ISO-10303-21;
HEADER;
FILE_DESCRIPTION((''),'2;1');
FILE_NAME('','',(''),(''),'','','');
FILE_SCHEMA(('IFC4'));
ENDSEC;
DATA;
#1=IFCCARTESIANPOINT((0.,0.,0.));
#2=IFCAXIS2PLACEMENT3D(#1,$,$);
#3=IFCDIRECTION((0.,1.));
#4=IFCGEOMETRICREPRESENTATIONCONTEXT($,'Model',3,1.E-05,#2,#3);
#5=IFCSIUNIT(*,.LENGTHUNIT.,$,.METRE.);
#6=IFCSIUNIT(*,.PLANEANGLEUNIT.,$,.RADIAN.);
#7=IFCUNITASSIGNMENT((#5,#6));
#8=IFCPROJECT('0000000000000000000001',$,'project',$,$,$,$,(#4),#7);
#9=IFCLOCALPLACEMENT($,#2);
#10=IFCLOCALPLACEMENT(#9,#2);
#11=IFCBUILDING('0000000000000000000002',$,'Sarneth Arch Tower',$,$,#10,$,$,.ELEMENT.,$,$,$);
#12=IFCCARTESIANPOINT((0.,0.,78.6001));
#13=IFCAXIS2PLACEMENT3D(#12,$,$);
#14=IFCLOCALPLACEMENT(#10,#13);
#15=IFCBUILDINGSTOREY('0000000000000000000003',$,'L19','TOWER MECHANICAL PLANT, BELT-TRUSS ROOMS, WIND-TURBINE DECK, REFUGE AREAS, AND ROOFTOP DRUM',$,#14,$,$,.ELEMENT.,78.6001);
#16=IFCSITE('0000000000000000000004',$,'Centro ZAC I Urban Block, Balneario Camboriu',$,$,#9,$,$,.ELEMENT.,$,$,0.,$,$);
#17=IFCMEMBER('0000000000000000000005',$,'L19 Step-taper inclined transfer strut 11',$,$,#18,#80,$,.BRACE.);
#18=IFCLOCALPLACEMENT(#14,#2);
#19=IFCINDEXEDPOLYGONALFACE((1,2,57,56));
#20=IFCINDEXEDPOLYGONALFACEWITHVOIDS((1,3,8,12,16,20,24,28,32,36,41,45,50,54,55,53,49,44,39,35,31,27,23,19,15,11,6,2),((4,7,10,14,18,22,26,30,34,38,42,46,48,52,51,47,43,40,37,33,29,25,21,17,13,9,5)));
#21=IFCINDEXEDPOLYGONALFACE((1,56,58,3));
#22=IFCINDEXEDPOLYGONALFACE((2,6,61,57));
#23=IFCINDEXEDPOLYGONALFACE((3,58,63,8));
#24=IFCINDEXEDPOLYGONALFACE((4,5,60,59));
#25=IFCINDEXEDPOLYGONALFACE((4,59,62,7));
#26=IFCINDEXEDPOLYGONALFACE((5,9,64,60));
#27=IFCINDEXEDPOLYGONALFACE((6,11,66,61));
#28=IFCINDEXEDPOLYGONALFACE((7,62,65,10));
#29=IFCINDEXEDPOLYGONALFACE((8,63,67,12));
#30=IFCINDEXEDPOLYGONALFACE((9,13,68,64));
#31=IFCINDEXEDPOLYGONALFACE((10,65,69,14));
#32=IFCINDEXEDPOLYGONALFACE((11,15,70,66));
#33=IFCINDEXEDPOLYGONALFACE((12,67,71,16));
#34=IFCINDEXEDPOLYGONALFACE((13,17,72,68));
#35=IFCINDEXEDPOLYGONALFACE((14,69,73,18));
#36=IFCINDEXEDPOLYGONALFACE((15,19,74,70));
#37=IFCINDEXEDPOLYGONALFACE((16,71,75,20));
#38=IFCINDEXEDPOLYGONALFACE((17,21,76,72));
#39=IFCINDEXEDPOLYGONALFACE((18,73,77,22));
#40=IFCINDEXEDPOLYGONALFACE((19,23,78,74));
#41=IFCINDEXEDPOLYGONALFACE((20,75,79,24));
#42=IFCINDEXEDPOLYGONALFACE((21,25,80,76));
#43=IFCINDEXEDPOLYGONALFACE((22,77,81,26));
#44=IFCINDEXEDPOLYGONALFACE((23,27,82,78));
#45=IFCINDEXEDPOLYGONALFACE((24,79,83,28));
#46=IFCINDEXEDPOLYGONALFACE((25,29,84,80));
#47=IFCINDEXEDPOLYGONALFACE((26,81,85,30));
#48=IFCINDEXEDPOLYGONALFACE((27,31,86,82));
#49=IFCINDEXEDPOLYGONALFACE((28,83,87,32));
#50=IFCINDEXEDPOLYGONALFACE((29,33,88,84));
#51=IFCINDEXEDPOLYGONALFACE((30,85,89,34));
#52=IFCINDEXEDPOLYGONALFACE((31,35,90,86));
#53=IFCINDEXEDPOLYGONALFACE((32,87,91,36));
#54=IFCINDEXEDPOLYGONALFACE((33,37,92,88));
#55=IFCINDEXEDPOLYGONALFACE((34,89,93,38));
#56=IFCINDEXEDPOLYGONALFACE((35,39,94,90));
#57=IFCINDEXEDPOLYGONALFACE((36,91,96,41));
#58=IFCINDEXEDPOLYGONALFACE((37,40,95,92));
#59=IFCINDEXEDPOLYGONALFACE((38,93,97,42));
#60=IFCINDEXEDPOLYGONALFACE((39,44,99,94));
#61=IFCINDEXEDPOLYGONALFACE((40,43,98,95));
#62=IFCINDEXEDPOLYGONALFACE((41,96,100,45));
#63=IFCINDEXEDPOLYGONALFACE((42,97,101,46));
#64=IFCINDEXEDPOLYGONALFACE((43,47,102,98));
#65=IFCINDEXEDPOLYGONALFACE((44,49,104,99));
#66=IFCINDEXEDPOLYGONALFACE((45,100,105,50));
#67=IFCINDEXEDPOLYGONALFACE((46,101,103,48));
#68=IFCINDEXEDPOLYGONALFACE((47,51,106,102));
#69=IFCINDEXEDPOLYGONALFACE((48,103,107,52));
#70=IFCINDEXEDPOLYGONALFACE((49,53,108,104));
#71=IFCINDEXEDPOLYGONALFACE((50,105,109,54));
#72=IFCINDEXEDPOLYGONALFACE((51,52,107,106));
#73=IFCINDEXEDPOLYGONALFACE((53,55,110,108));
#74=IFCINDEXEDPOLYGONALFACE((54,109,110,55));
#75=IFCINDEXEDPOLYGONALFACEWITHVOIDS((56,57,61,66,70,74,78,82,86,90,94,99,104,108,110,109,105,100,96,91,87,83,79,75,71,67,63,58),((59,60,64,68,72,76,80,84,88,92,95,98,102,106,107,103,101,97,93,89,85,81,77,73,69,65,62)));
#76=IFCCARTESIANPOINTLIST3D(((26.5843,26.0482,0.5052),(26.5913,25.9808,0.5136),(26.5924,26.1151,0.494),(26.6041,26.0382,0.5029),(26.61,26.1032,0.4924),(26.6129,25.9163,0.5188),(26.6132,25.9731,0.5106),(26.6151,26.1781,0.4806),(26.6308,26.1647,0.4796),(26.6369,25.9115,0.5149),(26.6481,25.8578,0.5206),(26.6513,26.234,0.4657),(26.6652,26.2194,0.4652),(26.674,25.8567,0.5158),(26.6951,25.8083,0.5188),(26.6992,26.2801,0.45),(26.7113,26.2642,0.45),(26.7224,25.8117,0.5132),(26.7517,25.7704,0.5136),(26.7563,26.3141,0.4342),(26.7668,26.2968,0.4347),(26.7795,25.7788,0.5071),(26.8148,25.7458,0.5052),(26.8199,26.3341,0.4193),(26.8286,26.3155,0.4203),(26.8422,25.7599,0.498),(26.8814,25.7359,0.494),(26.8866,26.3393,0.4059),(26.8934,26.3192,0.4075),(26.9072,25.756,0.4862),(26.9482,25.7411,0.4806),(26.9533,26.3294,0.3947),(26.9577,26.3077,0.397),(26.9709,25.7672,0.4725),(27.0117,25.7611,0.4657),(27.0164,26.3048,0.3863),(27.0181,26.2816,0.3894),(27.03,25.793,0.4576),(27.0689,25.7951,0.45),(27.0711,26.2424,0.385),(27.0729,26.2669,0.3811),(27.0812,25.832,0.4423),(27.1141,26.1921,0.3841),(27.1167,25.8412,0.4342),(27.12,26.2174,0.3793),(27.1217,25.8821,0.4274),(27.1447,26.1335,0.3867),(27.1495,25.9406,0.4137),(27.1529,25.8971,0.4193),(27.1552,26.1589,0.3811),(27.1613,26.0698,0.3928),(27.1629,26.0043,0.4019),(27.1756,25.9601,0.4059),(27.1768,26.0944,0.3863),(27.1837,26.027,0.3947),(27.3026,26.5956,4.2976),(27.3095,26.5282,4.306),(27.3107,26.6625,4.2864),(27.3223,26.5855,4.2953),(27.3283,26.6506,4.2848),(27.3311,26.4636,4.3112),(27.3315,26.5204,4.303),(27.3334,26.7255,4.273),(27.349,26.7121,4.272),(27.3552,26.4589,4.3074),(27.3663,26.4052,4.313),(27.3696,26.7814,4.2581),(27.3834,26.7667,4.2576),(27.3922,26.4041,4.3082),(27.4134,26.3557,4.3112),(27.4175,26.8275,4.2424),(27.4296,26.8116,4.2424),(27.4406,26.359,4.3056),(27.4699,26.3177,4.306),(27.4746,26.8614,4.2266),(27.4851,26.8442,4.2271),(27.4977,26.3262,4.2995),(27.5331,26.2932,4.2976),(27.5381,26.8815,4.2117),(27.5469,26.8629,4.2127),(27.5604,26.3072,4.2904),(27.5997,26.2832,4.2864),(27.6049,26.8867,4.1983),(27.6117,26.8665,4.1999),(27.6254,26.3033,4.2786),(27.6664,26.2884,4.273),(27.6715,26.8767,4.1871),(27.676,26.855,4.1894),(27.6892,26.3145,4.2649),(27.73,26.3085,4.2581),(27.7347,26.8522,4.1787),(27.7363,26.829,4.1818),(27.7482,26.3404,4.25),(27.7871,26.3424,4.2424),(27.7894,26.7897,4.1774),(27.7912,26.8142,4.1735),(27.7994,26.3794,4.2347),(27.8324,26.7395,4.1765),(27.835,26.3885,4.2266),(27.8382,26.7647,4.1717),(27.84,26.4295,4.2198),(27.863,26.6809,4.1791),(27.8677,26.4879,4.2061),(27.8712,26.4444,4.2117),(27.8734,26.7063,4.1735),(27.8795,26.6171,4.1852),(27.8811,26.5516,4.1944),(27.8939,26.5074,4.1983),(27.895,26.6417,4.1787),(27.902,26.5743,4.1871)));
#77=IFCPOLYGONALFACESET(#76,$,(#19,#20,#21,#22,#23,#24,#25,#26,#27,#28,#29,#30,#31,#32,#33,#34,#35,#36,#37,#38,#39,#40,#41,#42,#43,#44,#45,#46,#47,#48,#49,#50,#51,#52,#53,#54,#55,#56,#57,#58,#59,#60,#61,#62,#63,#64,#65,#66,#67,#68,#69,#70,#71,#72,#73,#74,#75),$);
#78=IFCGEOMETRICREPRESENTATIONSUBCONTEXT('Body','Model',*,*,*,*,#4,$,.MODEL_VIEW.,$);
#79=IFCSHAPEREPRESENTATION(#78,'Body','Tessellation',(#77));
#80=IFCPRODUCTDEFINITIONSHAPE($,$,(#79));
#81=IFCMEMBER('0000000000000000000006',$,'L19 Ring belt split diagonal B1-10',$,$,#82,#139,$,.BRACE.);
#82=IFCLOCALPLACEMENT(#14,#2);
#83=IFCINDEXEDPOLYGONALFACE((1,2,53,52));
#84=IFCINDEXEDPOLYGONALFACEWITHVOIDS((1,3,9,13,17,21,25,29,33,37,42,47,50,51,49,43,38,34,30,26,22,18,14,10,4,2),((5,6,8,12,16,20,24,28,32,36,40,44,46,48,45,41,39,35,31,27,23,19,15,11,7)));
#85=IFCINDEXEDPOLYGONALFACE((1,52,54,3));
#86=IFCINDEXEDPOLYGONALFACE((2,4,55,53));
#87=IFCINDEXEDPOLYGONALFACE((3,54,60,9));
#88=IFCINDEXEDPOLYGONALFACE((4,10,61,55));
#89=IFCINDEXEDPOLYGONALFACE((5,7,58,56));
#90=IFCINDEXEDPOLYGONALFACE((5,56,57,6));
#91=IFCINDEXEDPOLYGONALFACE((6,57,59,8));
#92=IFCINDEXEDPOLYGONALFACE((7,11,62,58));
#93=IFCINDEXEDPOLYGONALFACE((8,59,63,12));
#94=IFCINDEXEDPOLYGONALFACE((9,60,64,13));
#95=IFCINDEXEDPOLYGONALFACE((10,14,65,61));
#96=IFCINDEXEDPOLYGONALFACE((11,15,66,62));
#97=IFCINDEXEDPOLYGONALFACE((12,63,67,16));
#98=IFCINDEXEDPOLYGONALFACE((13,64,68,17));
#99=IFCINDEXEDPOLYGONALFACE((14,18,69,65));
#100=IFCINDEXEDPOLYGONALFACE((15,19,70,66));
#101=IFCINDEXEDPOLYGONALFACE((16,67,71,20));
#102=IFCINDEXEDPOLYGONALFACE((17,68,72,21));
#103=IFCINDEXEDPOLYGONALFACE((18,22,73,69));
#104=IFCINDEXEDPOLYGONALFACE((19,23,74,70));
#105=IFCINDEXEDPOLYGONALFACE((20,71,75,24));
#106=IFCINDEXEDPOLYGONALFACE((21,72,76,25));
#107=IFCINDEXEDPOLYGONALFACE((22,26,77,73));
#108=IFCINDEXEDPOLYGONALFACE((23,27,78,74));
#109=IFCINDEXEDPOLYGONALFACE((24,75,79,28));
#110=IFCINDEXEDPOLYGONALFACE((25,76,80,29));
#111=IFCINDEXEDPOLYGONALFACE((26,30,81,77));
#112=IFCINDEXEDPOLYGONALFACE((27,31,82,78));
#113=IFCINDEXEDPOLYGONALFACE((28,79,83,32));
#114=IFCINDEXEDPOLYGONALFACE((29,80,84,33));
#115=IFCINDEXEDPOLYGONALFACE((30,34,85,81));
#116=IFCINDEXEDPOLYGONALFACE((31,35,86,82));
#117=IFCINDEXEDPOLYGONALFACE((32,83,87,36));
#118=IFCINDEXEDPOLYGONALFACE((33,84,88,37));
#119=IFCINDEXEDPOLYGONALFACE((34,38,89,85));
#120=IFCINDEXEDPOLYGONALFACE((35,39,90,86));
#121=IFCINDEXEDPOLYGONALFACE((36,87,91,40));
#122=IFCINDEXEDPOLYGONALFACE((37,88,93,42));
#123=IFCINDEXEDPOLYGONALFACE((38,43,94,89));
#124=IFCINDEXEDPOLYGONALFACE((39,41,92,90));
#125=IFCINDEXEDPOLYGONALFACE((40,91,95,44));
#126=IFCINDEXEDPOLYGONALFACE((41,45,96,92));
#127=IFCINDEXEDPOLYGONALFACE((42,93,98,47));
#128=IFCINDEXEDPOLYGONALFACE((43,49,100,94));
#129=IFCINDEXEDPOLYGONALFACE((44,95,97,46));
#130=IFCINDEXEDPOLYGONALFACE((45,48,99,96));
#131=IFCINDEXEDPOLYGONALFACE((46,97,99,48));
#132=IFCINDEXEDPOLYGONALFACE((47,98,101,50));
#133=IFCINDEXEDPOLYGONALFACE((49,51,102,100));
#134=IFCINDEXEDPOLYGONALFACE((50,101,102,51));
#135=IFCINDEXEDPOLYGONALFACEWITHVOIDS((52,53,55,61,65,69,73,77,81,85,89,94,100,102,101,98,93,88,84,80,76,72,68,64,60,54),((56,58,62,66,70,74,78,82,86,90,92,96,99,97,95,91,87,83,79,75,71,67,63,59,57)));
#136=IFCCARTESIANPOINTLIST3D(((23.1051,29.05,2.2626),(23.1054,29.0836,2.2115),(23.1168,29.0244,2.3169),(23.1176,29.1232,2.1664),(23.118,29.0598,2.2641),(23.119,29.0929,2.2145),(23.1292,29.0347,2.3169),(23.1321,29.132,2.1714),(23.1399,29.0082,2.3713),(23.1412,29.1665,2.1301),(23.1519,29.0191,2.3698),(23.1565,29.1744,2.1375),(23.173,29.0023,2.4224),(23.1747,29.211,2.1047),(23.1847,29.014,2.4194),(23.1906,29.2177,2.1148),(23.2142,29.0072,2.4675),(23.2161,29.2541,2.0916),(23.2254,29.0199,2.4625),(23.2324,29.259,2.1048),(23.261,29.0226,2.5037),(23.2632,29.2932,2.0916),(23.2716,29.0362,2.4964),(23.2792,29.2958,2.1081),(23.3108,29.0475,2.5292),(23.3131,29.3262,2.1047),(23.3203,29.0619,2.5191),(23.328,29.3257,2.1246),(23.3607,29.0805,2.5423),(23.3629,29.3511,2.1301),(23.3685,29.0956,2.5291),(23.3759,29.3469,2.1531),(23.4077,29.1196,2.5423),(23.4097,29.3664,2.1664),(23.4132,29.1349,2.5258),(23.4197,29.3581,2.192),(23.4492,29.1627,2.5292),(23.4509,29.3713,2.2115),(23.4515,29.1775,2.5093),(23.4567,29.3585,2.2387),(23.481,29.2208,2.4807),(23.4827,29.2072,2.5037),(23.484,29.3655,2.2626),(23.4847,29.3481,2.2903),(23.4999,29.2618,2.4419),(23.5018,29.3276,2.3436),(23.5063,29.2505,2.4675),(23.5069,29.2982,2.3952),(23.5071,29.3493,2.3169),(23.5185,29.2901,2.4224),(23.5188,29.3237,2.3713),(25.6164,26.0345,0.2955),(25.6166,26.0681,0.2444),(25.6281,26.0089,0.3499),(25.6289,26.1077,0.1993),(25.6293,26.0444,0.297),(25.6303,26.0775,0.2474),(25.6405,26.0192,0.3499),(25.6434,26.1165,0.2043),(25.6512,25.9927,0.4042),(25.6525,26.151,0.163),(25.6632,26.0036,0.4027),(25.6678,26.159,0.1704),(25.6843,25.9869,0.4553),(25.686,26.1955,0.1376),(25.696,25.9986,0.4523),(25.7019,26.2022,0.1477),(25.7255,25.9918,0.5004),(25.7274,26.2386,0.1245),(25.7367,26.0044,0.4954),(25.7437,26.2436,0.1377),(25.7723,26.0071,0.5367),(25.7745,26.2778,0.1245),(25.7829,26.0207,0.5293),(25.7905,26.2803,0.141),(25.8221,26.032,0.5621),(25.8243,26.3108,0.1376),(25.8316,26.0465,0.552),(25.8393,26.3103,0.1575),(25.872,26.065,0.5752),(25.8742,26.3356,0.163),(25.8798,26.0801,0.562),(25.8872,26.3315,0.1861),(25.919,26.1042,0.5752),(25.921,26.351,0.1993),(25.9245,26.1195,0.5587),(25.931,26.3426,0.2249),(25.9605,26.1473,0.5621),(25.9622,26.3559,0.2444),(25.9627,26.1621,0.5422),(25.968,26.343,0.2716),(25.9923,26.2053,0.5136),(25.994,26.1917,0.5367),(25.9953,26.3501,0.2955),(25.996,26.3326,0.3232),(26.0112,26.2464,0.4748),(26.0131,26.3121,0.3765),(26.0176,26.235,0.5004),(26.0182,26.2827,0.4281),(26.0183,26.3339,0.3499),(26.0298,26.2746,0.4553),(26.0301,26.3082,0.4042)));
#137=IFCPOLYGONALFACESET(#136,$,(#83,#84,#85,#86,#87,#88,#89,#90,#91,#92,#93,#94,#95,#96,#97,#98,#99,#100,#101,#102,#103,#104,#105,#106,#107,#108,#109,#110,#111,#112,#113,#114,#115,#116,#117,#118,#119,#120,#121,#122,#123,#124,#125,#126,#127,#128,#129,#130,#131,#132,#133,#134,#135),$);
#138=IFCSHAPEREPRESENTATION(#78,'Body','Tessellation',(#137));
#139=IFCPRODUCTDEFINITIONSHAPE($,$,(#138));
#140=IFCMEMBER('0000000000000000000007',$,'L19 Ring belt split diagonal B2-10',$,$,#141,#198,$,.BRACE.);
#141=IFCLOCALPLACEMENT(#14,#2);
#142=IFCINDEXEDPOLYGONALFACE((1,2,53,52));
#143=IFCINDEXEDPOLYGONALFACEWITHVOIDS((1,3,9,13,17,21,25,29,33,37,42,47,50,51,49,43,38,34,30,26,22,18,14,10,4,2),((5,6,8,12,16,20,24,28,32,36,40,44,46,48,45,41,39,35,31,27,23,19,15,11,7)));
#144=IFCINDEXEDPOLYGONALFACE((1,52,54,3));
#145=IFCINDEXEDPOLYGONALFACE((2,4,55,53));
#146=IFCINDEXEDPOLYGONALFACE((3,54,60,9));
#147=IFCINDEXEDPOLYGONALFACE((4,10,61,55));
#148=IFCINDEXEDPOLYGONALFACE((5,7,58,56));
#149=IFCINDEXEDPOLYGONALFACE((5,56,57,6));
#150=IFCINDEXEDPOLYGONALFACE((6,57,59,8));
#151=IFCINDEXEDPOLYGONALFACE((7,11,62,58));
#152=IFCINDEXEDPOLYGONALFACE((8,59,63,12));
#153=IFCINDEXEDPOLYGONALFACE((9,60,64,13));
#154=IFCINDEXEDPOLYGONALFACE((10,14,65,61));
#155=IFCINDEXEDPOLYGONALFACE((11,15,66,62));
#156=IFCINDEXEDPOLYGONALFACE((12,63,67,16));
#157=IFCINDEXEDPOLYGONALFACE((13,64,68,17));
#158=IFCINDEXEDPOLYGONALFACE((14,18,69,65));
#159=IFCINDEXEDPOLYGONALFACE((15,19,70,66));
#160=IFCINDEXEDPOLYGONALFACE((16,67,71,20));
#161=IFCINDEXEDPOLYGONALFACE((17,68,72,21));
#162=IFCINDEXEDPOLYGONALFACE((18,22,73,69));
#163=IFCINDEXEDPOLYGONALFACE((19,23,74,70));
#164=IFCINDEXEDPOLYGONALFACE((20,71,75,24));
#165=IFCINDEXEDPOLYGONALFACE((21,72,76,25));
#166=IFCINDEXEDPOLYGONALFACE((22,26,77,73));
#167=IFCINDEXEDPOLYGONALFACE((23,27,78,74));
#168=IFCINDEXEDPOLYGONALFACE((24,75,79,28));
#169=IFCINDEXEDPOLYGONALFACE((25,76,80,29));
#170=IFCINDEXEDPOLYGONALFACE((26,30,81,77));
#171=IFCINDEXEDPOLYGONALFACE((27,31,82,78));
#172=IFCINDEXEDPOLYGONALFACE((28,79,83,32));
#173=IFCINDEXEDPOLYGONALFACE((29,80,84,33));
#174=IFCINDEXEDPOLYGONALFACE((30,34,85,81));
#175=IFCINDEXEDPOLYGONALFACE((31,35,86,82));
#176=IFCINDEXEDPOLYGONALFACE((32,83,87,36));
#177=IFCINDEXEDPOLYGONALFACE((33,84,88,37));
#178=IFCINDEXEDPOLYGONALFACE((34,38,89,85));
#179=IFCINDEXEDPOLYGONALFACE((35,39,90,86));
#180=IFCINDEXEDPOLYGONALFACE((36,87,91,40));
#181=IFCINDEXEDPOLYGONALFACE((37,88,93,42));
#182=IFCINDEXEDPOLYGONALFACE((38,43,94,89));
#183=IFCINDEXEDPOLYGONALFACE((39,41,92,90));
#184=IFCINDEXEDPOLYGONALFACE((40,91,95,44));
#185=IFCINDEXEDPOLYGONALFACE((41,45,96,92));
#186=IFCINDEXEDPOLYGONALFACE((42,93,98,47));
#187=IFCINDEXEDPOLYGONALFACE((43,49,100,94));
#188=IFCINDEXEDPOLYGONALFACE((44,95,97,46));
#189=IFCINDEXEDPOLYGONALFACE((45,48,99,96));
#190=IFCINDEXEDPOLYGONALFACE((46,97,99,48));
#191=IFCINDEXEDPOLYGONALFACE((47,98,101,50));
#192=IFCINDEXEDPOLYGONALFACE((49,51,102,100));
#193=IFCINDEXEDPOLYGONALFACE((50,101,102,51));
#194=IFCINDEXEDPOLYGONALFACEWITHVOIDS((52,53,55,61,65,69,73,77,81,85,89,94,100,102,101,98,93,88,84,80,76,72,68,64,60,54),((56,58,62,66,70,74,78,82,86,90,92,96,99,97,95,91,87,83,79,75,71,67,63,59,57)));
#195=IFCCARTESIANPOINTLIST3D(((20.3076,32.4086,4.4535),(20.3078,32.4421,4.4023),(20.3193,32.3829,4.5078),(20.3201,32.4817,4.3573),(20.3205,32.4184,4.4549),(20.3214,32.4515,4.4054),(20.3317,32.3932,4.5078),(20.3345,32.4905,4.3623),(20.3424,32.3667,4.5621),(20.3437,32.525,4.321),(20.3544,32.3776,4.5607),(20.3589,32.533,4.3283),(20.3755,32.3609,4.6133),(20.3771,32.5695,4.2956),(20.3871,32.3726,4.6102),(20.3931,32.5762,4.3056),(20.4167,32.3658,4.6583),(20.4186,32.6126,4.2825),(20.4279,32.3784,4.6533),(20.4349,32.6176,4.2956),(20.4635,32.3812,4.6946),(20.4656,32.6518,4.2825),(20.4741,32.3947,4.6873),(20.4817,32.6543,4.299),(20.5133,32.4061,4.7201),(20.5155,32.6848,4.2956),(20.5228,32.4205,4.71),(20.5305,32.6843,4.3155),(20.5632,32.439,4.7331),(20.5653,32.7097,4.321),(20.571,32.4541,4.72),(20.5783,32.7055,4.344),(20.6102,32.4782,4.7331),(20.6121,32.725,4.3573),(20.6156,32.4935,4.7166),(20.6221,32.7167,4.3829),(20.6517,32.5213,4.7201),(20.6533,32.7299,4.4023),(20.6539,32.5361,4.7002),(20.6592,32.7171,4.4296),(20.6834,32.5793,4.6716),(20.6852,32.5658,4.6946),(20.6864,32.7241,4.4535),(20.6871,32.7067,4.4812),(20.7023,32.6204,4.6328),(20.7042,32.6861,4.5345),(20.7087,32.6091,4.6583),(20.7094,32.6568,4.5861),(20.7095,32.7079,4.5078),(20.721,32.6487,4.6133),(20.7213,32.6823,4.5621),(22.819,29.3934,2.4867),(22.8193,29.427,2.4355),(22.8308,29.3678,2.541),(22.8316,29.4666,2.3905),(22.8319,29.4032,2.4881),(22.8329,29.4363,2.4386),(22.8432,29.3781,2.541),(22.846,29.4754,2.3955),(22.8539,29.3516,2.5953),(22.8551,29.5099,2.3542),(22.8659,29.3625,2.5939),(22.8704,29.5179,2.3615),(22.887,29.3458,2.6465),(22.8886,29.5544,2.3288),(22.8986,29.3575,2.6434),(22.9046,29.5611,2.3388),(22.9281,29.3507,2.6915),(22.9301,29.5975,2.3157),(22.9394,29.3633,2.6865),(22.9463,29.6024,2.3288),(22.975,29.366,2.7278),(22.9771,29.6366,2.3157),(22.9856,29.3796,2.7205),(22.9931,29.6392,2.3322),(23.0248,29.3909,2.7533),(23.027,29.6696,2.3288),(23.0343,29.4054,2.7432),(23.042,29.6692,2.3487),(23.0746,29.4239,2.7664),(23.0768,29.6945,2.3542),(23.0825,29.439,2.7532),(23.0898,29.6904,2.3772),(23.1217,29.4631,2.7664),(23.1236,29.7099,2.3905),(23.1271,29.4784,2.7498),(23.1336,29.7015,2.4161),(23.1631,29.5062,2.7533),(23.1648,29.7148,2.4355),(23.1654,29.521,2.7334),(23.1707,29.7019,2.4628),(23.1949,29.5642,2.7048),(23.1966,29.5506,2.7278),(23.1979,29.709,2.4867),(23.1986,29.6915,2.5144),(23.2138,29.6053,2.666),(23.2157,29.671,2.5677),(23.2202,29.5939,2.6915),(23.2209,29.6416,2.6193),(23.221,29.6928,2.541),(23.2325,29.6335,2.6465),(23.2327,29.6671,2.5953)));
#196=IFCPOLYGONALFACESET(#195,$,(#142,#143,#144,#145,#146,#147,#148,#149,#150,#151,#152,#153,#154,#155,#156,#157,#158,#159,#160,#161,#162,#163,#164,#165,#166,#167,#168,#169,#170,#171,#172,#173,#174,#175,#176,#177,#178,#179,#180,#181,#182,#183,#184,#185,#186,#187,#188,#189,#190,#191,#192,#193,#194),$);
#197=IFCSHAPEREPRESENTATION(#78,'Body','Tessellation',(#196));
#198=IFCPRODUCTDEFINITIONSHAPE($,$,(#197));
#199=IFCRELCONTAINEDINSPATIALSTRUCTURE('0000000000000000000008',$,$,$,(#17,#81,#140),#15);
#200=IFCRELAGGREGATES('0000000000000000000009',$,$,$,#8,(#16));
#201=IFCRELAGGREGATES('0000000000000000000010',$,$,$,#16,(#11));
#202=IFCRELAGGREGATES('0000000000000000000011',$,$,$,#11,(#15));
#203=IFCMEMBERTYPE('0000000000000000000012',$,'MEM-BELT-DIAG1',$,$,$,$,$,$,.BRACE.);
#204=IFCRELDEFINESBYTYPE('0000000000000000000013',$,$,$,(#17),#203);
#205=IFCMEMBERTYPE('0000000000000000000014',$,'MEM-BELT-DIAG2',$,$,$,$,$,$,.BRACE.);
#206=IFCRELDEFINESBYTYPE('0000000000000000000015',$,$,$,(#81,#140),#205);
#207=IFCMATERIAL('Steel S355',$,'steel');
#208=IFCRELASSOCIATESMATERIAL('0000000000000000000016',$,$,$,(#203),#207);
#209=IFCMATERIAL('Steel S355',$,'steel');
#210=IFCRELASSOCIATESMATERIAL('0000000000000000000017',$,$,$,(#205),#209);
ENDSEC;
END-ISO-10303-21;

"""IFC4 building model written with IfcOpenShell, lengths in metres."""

from ifc_helpers import new_model, si_unit, direction, frame, origin, origin_2d, place, context, subcontext, project, spatial, hollow_circle, extrude, material, material_profile, profile_set, type_object, element, save


model = new_model("IFC4")

# Units and contexts
model_context = context("Model", 3, precision=1e-05, world=origin(), true_north=direction((0.0, 1.0)))
body_context = subcontext(model_context, "Body", "Model", "MODEL_VIEW")
ifc_project = project(units=[si_unit("LENGTHUNIT", "METRE"), si_unit("PLANEANGLEUNIT", "RADIAN")], contexts=[model_context])

# Site, building, storey
site_placement = place(None, origin())
site = spatial("IfcSite", under=ifc_project, at=site_placement, Name="Centro ZAC I Urban Block, Balneario Camboriu", CompositionType="ELEMENT", RefElevation=0.0)
building_placement = place(site_placement, origin())
building = spatial("IfcBuilding", under=site, at=building_placement, Name="Sarneth Arch Tower", CompositionType="ELEMENT")
storey_placement = place(building_placement, frame((0.0, 0.0, 78.6001)))
storey = spatial("IfcBuildingStorey", under=building, at=storey_placement, Name="L19", Description="TOWER MECHANICAL PLANT, BELT-TRUSS ROOMS, WIND-TURBINE DECK, REFUGE AREAS, AND ROOFTOP DRUM", CompositionType="ELEMENT", Elevation=78.6001)

# Members
ifc_material_1 = material(Name="Steel S355", Category="steel")
ifc_material_profile_1 = material_profile(ifc_material_1, hollow_circle(Radius=0.3049, WallThickness=0.02, at=origin_2d()), Name="CHS610x20")
ifc_profile_set_1 = profile_set([ifc_material_profile_1], Name="Steel S355")
member_type_1 = type_object("IfcMemberType", Name="MEM-BELT-DIAG1", PredefinedType="BRACE", material=ifc_profile_set_1)
member_1_placement = place(storey_placement, frame((26.884, 26.0376, 0.45), z_axis=(0.18424, 0.140403, 0.972801), x_axis=(-0.606125, 0.79537, 0.0)))
element("IfcMember", 1, at=member_1_placement, inside=storey, type_object=member_type_1, Name="L19 Step-taper inclined transfer strut 11", PredefinedType="BRACE", context=body_context, shape_type="SweptSolid", body=[
    extrude(hollow_circle(Radius=0.3049, WallThickness=0.02, at=origin_2d()), origin(), (0.0, 0.0, 1.0), 3.8984),
])
ifc_material_2 = material(Name="Steel S355", Category="steel")
ifc_material_profile_2 = material_profile(ifc_material_2, hollow_circle(Radius=0.2539, WallThickness=0.0161, at=origin_2d()), Name="CHS508x16")
ifc_profile_set_2 = profile_set([ifc_material_profile_2], Name="Steel S355")
member_type_2 = type_object("IfcMemberType", Name="MEM-BELT-DIAG2", PredefinedType="BRACE", material=ifc_profile_set_2)
member_2_placement = place(storey_placement, frame((25.8232, 26.1714, 0.3499), z_axis=(-0.572094, 0.686947, 0.44812), x_axis=(-0.76842, -0.639946, 0.0)))
element("IfcMember", 2, at=member_2_placement, inside=storey, type_object=member_type_2, Name="L19 Ring belt split diagonal B1-10", PredefinedType="BRACE", context=body_context, shape_type="SweptSolid", body=[
    extrude(hollow_circle(Radius=0.2539, WallThickness=0.0161, at=origin_2d()), origin(), (0.0, 0.0, 1.0), 4.3896),
])
member_3_placement = place(storey_placement, frame((23.0259, 29.5303, 2.541), z_axis=(-0.572168, 0.686913, 0.448079), x_axis=(-0.768364, -0.640013, 0.0)))
element("IfcMember", 3, at=member_3_placement, inside=storey, type_object=member_type_2, Name="L19 Ring belt split diagonal B2-10", PredefinedType="BRACE", context=body_context, shape_type="SweptSolid", body=[
    extrude(hollow_circle(Radius=0.2539, WallThickness=0.0161, at=origin_2d()), origin(), (0.0, 0.0, 1.0), 4.3894),
])

save(model, "model.ifc")
